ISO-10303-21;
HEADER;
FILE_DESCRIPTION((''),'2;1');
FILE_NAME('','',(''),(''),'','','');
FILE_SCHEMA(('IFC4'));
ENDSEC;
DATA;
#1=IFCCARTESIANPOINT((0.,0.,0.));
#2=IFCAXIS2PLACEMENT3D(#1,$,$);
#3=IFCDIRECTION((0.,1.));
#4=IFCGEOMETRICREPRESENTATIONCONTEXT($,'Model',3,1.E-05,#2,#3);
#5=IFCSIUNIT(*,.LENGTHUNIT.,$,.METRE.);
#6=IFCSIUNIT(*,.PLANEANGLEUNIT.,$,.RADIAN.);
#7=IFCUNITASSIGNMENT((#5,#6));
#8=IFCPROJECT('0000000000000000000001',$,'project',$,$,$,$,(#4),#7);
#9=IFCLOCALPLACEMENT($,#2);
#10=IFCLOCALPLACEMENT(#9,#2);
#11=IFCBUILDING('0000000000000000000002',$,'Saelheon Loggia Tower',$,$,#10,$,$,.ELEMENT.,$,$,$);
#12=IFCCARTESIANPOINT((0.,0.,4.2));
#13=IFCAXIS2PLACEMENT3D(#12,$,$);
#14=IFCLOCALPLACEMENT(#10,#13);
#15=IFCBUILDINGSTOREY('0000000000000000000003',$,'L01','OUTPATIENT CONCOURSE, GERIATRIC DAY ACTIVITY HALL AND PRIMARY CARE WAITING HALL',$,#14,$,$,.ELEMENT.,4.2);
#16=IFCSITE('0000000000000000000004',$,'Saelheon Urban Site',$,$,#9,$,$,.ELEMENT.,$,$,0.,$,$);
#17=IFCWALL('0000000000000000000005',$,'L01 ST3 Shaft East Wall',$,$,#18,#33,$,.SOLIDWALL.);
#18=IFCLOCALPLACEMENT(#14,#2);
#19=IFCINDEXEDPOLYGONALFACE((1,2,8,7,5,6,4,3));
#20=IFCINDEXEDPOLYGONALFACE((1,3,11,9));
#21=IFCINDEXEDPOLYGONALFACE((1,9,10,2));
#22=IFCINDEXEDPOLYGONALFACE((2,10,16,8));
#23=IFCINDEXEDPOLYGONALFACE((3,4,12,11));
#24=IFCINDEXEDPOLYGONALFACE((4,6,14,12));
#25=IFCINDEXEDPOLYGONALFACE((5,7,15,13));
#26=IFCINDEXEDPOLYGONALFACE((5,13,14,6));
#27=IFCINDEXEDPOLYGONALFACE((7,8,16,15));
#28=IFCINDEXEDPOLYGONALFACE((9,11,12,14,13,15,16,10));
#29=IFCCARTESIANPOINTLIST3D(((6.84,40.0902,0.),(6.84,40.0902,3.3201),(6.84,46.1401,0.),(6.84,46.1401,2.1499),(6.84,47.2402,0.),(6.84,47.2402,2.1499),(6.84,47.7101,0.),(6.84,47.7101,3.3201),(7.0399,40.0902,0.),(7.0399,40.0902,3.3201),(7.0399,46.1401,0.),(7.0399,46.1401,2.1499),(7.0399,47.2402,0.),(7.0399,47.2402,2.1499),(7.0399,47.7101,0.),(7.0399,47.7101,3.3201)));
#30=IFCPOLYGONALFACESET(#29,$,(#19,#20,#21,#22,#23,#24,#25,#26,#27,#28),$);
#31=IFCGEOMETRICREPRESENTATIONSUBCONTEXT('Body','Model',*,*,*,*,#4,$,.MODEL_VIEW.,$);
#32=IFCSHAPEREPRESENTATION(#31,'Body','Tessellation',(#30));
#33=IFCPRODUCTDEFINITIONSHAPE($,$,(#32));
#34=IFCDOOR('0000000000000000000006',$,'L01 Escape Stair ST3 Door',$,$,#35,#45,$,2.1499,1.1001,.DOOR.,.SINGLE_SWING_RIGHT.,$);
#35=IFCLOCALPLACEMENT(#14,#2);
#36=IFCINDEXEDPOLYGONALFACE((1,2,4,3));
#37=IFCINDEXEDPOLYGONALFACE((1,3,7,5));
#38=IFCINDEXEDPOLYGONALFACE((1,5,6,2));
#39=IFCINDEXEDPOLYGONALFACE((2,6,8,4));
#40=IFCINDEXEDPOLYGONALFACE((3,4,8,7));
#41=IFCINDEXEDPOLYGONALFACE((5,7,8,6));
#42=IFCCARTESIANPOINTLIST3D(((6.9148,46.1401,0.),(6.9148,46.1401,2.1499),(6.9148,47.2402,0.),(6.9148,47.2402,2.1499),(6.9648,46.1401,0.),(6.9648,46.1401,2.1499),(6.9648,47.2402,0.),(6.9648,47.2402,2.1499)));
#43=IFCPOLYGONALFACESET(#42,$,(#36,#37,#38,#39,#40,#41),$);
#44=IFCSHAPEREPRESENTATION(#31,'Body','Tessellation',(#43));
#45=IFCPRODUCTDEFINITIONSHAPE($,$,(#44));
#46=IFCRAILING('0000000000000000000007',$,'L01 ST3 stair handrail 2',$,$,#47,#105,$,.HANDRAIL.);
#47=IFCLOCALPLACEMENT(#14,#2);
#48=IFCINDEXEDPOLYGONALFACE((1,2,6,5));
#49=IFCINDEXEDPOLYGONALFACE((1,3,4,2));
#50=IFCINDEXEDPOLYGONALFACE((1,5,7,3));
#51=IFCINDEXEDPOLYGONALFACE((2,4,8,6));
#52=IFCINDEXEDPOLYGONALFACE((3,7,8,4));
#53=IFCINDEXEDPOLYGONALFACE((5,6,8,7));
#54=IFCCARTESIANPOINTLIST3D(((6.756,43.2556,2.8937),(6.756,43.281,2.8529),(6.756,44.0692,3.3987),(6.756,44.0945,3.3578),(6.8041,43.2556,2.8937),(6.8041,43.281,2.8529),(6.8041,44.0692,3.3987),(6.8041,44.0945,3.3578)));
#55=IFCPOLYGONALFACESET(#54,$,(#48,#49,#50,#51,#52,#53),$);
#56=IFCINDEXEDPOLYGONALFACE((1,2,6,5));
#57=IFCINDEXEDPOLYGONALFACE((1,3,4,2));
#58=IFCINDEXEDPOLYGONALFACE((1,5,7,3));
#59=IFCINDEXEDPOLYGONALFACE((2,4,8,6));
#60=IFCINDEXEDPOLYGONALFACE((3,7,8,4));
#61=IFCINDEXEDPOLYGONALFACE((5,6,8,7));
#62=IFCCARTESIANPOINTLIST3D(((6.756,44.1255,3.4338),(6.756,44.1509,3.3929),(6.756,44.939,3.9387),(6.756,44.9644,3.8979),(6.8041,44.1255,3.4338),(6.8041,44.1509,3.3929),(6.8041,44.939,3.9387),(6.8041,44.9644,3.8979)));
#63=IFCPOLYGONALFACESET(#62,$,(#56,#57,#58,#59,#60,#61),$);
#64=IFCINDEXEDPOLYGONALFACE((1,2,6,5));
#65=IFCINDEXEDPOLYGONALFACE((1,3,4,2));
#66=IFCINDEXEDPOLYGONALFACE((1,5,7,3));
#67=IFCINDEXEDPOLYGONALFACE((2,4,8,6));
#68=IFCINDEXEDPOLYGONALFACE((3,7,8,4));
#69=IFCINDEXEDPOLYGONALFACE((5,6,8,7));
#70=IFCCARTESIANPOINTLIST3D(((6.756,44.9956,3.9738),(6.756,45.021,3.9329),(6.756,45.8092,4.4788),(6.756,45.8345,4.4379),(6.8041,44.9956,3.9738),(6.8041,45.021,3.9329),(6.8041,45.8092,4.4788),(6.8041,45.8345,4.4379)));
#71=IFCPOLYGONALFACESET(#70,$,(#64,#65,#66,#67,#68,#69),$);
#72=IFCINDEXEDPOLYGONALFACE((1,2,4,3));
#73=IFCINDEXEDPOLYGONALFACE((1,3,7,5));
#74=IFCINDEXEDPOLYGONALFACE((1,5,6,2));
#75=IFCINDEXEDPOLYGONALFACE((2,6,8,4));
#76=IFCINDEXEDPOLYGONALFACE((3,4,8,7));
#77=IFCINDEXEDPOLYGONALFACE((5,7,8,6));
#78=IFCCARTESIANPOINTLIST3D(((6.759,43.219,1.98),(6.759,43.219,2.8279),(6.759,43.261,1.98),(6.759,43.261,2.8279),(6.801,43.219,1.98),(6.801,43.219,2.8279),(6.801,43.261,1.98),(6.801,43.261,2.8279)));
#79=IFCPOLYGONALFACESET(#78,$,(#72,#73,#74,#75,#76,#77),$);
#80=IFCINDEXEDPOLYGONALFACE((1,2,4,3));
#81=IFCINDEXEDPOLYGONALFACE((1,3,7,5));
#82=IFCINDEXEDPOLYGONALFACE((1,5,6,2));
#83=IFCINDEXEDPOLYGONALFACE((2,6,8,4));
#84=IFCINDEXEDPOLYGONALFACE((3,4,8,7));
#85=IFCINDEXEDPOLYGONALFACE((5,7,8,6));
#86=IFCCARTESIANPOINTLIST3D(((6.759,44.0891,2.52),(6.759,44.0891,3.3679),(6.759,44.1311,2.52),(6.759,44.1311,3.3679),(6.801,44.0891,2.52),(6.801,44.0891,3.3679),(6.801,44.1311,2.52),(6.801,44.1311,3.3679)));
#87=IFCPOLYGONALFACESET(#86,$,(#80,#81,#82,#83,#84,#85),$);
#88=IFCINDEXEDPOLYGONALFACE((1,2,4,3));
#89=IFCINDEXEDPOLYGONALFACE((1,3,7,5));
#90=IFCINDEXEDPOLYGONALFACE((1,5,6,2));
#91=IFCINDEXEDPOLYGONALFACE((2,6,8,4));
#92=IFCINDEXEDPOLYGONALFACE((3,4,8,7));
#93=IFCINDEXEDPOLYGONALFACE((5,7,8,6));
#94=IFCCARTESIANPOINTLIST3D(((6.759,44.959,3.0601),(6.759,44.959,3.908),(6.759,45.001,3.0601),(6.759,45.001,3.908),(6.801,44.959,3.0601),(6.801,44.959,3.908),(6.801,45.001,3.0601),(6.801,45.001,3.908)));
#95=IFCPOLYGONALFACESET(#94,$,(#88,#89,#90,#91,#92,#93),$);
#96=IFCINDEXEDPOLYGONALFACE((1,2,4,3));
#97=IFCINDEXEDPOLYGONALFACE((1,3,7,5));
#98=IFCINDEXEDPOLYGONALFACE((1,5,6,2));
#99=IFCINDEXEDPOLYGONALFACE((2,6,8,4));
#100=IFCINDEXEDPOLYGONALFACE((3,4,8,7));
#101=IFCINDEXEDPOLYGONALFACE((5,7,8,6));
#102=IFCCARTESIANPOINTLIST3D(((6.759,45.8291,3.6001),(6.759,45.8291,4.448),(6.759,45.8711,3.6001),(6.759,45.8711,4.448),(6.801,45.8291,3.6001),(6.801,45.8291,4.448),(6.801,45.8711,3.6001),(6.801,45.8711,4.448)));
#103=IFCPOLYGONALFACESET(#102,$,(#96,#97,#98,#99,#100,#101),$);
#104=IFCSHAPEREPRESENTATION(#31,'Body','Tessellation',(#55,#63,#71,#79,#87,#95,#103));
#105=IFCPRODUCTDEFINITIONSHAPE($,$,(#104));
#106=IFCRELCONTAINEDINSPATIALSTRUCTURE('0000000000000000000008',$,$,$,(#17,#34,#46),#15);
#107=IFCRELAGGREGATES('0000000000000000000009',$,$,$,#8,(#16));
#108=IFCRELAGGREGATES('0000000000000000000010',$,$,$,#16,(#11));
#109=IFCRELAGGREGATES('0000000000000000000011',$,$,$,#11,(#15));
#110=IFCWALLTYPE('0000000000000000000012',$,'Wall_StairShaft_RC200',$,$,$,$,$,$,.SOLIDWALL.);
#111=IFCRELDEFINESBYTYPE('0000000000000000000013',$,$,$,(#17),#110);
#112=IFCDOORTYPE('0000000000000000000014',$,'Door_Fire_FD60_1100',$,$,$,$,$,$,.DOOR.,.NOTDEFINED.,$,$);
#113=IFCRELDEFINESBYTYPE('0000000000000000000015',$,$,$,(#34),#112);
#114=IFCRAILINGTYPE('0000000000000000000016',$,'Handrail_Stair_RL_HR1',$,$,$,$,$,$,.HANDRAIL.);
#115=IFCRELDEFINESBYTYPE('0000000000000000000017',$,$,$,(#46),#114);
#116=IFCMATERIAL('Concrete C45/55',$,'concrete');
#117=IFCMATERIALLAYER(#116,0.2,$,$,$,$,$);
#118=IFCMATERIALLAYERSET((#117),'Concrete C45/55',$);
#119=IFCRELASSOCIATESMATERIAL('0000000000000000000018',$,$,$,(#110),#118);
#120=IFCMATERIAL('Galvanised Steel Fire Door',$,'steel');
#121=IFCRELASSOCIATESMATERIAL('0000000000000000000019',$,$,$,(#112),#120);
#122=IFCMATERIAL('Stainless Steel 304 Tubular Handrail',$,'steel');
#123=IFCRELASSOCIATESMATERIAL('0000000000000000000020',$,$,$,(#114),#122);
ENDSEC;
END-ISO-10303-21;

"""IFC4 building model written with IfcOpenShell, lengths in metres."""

from ifc_helpers import new_model, si_unit, direction, frame, frame_2d, origin, origin_2d, place, context, subcontext, project, spatial, rectangle, extrude, source, transform, mapped, material, layer, layer_set, type_object, element, fill, save


model = new_model("IFC4")

# Units and contexts
model_context = context("Model", 3, precision=1e-05, world=origin(), true_north=direction((0.0, 1.0)))
body_context = subcontext(model_context, "Body", "Model", "MODEL_VIEW")
ifc_project = project(units=[si_unit("LENGTHUNIT", "METRE"), si_unit("PLANEANGLEUNIT", "RADIAN")], contexts=[model_context])

# Site, building, storey
site_placement = place(None, origin())
site = spatial("IfcSite", under=ifc_project, at=site_placement, Name="Saelheon Urban Site", CompositionType="ELEMENT", RefElevation=0.0)
building_placement = place(site_placement, origin())
building = spatial("IfcBuilding", under=site, at=building_placement, Name="Saelheon Loggia Tower", CompositionType="ELEMENT")
storey_placement = place(building_placement, frame((0.0, 0.0, 4.2)))
storey = spatial("IfcBuildingStorey", under=building, at=storey_placement, Name="L01", Description="OUTPATIENT CONCOURSE, GERIATRIC DAY ACTIVITY HALL AND PRIMARY CARE WAITING HALL", CompositionType="ELEMENT", Elevation=4.2)

# Shared definitions
ifc_material_1 = material(Name="Concrete C45/55", Category="concrete")

# Wall, opening, door
ifc_layer_1 = layer(ifc_material_1, 0.2)
ifc_layer_set_1 = layer_set([ifc_layer_1], Name="Concrete C45/55")
wall_type_1 = type_object("IfcWallType", Name="Wall_StairShaft_RC200", PredefinedType="SOLIDWALL", material=ifc_layer_set_1)
wall_1_placement = place(storey_placement, frame((6.9399, 40.0901, 0.0), z_axis=(0.0, 0.0, 1.0), x_axis=(0.0, 1.0, 0.0)))
wall_1 = element("IfcWall", 1, at=wall_1_placement, inside=storey, type_object=wall_type_1, Name="L01 ST3 Shaft East Wall", PredefinedType="SOLIDWALL", context=body_context, shape_type="SweptSolid", body=[
    extrude(rectangle(XDim=7.6199, YDim=0.2, at=frame_2d((3.8101, 0.0))), origin(), (0.0, 0.0, 1.0), 3.3201),
])
opening_1_placement = place(wall_1_placement, frame((7.1501, 0.0, 0.0), z_axis=(0.0, 0.0, 1.0), x_axis=(-1.0, 0.0, 0.0)))
opening_1 = element("IfcOpeningElement", 2, at=opening_1_placement, cuts=wall_1, PredefinedType="OPENING", context=body_context, shape_type="SweptSolid", body=[
    extrude(rectangle(XDim=1.1001, YDim=2.1499, at=frame_2d((0.55, 1.075))), frame((0.0, 0.1121, 0.0), z_axis=(0.0, -1.0, 0.0), x_axis=(1.0, 0.0, 0.0)), (0.0, 0.0, 1.0), 0.2239),
])
ifc_material_2 = material(Name="Galvanised Steel Fire Door", Category="steel")
door_type_1 = type_object("IfcDoorType", Name="Door_Fire_FD60_1100", OperationType="NOTDEFINED", PredefinedType="DOOR", material=ifc_material_2)
shared_shape_1 = source(origin(), body_context, "Body", "SweptSolid", [
    extrude(rectangle(XDim=1.1001, YDim=2.1499, at=frame_2d((0.55, 1.075))), frame((0.0, 0.0249, 0.0), z_axis=(0.0, -1.0, 0.0), x_axis=(1.0, 0.0, 0.0)), (0.0, 0.0, 1.0), 0.05),
])
door_1_placement = place(opening_1_placement, origin())
door_1 = element("IfcDoor", 3, at=door_1_placement, inside=storey, type_object=door_type_1, Name="L01 Escape Stair ST3 Door", OperationType="SINGLE_SWING_RIGHT", OverallHeight=2.1499, OverallWidth=1.1001, PredefinedType="DOOR", context=body_context, shape_type="MappedRepresentation", body=[
    mapped(shared_shape_1, transform((0.0, 0.0, 0.0), scale=1.0)),
])
fill(opening_1, door_1)

# Railing
ifc_material_3 = material(Name="Stainless Steel 304 Tubular Handrail", Category="steel")
railing_type = type_object("IfcRailingType", Name="Handrail_Stair_RL_HR1", PredefinedType="HANDRAIL", material=ifc_material_3)
railing_placement = place(storey_placement, frame((6.78, 43.24, 1.98)))
element("IfcRailing", 4, at=railing_placement, inside=storey, type_object=railing_type, Name="L01 ST3 stair handrail 2", PredefinedType="HANDRAIL", context=body_context, shape_type="SweptSolid", body=[
    extrude(rectangle(XDim=0.0481, YDim=0.0481, at=origin_2d()), frame((0.0, 0.0283, 0.8933), z_axis=(0.0, 0.849633, 0.527375), x_axis=(-1.0, 0.0, 0.0)), (0.0, 0.0, 1.0), 0.9575),
    extrude(rectangle(XDim=0.0481, YDim=0.0481, at=origin_2d()), frame((0.0, 0.8982, 1.4333), z_axis=(0.0, 0.849633, 0.527375), x_axis=(-1.0, 0.0, 0.0)), (0.0, 0.0, 1.0), 0.9575),
    extrude(rectangle(XDim=0.0481, YDim=0.0481, at=origin_2d()), frame((0.0, 1.7683, 1.9734), z_axis=(0.0, 0.849633, 0.527375), x_axis=(-1.0, 0.0, 0.0)), (0.0, 0.0, 1.0), 0.9575),
    extrude(rectangle(XDim=0.042, YDim=0.042, at=origin_2d()), origin(), (0.0, 0.0, 1.0), 0.8479),
    extrude(rectangle(XDim=0.042, YDim=0.042, at=origin_2d()), frame((0.0, 0.8701, 0.54)), (0.0, 0.0, 1.0), 0.8479),
    extrude(rectangle(XDim=0.042, YDim=0.042, at=origin_2d()), frame((0.0, 1.74, 1.0801)), (0.0, 0.0, 1.0), 0.8479),
    extrude(rectangle(XDim=0.042, YDim=0.042, at=origin_2d()), frame((0.0, 2.6101, 1.6201)), (0.0, 0.0, 1.0), 0.8479),
])

save(model, "model.ifc")
